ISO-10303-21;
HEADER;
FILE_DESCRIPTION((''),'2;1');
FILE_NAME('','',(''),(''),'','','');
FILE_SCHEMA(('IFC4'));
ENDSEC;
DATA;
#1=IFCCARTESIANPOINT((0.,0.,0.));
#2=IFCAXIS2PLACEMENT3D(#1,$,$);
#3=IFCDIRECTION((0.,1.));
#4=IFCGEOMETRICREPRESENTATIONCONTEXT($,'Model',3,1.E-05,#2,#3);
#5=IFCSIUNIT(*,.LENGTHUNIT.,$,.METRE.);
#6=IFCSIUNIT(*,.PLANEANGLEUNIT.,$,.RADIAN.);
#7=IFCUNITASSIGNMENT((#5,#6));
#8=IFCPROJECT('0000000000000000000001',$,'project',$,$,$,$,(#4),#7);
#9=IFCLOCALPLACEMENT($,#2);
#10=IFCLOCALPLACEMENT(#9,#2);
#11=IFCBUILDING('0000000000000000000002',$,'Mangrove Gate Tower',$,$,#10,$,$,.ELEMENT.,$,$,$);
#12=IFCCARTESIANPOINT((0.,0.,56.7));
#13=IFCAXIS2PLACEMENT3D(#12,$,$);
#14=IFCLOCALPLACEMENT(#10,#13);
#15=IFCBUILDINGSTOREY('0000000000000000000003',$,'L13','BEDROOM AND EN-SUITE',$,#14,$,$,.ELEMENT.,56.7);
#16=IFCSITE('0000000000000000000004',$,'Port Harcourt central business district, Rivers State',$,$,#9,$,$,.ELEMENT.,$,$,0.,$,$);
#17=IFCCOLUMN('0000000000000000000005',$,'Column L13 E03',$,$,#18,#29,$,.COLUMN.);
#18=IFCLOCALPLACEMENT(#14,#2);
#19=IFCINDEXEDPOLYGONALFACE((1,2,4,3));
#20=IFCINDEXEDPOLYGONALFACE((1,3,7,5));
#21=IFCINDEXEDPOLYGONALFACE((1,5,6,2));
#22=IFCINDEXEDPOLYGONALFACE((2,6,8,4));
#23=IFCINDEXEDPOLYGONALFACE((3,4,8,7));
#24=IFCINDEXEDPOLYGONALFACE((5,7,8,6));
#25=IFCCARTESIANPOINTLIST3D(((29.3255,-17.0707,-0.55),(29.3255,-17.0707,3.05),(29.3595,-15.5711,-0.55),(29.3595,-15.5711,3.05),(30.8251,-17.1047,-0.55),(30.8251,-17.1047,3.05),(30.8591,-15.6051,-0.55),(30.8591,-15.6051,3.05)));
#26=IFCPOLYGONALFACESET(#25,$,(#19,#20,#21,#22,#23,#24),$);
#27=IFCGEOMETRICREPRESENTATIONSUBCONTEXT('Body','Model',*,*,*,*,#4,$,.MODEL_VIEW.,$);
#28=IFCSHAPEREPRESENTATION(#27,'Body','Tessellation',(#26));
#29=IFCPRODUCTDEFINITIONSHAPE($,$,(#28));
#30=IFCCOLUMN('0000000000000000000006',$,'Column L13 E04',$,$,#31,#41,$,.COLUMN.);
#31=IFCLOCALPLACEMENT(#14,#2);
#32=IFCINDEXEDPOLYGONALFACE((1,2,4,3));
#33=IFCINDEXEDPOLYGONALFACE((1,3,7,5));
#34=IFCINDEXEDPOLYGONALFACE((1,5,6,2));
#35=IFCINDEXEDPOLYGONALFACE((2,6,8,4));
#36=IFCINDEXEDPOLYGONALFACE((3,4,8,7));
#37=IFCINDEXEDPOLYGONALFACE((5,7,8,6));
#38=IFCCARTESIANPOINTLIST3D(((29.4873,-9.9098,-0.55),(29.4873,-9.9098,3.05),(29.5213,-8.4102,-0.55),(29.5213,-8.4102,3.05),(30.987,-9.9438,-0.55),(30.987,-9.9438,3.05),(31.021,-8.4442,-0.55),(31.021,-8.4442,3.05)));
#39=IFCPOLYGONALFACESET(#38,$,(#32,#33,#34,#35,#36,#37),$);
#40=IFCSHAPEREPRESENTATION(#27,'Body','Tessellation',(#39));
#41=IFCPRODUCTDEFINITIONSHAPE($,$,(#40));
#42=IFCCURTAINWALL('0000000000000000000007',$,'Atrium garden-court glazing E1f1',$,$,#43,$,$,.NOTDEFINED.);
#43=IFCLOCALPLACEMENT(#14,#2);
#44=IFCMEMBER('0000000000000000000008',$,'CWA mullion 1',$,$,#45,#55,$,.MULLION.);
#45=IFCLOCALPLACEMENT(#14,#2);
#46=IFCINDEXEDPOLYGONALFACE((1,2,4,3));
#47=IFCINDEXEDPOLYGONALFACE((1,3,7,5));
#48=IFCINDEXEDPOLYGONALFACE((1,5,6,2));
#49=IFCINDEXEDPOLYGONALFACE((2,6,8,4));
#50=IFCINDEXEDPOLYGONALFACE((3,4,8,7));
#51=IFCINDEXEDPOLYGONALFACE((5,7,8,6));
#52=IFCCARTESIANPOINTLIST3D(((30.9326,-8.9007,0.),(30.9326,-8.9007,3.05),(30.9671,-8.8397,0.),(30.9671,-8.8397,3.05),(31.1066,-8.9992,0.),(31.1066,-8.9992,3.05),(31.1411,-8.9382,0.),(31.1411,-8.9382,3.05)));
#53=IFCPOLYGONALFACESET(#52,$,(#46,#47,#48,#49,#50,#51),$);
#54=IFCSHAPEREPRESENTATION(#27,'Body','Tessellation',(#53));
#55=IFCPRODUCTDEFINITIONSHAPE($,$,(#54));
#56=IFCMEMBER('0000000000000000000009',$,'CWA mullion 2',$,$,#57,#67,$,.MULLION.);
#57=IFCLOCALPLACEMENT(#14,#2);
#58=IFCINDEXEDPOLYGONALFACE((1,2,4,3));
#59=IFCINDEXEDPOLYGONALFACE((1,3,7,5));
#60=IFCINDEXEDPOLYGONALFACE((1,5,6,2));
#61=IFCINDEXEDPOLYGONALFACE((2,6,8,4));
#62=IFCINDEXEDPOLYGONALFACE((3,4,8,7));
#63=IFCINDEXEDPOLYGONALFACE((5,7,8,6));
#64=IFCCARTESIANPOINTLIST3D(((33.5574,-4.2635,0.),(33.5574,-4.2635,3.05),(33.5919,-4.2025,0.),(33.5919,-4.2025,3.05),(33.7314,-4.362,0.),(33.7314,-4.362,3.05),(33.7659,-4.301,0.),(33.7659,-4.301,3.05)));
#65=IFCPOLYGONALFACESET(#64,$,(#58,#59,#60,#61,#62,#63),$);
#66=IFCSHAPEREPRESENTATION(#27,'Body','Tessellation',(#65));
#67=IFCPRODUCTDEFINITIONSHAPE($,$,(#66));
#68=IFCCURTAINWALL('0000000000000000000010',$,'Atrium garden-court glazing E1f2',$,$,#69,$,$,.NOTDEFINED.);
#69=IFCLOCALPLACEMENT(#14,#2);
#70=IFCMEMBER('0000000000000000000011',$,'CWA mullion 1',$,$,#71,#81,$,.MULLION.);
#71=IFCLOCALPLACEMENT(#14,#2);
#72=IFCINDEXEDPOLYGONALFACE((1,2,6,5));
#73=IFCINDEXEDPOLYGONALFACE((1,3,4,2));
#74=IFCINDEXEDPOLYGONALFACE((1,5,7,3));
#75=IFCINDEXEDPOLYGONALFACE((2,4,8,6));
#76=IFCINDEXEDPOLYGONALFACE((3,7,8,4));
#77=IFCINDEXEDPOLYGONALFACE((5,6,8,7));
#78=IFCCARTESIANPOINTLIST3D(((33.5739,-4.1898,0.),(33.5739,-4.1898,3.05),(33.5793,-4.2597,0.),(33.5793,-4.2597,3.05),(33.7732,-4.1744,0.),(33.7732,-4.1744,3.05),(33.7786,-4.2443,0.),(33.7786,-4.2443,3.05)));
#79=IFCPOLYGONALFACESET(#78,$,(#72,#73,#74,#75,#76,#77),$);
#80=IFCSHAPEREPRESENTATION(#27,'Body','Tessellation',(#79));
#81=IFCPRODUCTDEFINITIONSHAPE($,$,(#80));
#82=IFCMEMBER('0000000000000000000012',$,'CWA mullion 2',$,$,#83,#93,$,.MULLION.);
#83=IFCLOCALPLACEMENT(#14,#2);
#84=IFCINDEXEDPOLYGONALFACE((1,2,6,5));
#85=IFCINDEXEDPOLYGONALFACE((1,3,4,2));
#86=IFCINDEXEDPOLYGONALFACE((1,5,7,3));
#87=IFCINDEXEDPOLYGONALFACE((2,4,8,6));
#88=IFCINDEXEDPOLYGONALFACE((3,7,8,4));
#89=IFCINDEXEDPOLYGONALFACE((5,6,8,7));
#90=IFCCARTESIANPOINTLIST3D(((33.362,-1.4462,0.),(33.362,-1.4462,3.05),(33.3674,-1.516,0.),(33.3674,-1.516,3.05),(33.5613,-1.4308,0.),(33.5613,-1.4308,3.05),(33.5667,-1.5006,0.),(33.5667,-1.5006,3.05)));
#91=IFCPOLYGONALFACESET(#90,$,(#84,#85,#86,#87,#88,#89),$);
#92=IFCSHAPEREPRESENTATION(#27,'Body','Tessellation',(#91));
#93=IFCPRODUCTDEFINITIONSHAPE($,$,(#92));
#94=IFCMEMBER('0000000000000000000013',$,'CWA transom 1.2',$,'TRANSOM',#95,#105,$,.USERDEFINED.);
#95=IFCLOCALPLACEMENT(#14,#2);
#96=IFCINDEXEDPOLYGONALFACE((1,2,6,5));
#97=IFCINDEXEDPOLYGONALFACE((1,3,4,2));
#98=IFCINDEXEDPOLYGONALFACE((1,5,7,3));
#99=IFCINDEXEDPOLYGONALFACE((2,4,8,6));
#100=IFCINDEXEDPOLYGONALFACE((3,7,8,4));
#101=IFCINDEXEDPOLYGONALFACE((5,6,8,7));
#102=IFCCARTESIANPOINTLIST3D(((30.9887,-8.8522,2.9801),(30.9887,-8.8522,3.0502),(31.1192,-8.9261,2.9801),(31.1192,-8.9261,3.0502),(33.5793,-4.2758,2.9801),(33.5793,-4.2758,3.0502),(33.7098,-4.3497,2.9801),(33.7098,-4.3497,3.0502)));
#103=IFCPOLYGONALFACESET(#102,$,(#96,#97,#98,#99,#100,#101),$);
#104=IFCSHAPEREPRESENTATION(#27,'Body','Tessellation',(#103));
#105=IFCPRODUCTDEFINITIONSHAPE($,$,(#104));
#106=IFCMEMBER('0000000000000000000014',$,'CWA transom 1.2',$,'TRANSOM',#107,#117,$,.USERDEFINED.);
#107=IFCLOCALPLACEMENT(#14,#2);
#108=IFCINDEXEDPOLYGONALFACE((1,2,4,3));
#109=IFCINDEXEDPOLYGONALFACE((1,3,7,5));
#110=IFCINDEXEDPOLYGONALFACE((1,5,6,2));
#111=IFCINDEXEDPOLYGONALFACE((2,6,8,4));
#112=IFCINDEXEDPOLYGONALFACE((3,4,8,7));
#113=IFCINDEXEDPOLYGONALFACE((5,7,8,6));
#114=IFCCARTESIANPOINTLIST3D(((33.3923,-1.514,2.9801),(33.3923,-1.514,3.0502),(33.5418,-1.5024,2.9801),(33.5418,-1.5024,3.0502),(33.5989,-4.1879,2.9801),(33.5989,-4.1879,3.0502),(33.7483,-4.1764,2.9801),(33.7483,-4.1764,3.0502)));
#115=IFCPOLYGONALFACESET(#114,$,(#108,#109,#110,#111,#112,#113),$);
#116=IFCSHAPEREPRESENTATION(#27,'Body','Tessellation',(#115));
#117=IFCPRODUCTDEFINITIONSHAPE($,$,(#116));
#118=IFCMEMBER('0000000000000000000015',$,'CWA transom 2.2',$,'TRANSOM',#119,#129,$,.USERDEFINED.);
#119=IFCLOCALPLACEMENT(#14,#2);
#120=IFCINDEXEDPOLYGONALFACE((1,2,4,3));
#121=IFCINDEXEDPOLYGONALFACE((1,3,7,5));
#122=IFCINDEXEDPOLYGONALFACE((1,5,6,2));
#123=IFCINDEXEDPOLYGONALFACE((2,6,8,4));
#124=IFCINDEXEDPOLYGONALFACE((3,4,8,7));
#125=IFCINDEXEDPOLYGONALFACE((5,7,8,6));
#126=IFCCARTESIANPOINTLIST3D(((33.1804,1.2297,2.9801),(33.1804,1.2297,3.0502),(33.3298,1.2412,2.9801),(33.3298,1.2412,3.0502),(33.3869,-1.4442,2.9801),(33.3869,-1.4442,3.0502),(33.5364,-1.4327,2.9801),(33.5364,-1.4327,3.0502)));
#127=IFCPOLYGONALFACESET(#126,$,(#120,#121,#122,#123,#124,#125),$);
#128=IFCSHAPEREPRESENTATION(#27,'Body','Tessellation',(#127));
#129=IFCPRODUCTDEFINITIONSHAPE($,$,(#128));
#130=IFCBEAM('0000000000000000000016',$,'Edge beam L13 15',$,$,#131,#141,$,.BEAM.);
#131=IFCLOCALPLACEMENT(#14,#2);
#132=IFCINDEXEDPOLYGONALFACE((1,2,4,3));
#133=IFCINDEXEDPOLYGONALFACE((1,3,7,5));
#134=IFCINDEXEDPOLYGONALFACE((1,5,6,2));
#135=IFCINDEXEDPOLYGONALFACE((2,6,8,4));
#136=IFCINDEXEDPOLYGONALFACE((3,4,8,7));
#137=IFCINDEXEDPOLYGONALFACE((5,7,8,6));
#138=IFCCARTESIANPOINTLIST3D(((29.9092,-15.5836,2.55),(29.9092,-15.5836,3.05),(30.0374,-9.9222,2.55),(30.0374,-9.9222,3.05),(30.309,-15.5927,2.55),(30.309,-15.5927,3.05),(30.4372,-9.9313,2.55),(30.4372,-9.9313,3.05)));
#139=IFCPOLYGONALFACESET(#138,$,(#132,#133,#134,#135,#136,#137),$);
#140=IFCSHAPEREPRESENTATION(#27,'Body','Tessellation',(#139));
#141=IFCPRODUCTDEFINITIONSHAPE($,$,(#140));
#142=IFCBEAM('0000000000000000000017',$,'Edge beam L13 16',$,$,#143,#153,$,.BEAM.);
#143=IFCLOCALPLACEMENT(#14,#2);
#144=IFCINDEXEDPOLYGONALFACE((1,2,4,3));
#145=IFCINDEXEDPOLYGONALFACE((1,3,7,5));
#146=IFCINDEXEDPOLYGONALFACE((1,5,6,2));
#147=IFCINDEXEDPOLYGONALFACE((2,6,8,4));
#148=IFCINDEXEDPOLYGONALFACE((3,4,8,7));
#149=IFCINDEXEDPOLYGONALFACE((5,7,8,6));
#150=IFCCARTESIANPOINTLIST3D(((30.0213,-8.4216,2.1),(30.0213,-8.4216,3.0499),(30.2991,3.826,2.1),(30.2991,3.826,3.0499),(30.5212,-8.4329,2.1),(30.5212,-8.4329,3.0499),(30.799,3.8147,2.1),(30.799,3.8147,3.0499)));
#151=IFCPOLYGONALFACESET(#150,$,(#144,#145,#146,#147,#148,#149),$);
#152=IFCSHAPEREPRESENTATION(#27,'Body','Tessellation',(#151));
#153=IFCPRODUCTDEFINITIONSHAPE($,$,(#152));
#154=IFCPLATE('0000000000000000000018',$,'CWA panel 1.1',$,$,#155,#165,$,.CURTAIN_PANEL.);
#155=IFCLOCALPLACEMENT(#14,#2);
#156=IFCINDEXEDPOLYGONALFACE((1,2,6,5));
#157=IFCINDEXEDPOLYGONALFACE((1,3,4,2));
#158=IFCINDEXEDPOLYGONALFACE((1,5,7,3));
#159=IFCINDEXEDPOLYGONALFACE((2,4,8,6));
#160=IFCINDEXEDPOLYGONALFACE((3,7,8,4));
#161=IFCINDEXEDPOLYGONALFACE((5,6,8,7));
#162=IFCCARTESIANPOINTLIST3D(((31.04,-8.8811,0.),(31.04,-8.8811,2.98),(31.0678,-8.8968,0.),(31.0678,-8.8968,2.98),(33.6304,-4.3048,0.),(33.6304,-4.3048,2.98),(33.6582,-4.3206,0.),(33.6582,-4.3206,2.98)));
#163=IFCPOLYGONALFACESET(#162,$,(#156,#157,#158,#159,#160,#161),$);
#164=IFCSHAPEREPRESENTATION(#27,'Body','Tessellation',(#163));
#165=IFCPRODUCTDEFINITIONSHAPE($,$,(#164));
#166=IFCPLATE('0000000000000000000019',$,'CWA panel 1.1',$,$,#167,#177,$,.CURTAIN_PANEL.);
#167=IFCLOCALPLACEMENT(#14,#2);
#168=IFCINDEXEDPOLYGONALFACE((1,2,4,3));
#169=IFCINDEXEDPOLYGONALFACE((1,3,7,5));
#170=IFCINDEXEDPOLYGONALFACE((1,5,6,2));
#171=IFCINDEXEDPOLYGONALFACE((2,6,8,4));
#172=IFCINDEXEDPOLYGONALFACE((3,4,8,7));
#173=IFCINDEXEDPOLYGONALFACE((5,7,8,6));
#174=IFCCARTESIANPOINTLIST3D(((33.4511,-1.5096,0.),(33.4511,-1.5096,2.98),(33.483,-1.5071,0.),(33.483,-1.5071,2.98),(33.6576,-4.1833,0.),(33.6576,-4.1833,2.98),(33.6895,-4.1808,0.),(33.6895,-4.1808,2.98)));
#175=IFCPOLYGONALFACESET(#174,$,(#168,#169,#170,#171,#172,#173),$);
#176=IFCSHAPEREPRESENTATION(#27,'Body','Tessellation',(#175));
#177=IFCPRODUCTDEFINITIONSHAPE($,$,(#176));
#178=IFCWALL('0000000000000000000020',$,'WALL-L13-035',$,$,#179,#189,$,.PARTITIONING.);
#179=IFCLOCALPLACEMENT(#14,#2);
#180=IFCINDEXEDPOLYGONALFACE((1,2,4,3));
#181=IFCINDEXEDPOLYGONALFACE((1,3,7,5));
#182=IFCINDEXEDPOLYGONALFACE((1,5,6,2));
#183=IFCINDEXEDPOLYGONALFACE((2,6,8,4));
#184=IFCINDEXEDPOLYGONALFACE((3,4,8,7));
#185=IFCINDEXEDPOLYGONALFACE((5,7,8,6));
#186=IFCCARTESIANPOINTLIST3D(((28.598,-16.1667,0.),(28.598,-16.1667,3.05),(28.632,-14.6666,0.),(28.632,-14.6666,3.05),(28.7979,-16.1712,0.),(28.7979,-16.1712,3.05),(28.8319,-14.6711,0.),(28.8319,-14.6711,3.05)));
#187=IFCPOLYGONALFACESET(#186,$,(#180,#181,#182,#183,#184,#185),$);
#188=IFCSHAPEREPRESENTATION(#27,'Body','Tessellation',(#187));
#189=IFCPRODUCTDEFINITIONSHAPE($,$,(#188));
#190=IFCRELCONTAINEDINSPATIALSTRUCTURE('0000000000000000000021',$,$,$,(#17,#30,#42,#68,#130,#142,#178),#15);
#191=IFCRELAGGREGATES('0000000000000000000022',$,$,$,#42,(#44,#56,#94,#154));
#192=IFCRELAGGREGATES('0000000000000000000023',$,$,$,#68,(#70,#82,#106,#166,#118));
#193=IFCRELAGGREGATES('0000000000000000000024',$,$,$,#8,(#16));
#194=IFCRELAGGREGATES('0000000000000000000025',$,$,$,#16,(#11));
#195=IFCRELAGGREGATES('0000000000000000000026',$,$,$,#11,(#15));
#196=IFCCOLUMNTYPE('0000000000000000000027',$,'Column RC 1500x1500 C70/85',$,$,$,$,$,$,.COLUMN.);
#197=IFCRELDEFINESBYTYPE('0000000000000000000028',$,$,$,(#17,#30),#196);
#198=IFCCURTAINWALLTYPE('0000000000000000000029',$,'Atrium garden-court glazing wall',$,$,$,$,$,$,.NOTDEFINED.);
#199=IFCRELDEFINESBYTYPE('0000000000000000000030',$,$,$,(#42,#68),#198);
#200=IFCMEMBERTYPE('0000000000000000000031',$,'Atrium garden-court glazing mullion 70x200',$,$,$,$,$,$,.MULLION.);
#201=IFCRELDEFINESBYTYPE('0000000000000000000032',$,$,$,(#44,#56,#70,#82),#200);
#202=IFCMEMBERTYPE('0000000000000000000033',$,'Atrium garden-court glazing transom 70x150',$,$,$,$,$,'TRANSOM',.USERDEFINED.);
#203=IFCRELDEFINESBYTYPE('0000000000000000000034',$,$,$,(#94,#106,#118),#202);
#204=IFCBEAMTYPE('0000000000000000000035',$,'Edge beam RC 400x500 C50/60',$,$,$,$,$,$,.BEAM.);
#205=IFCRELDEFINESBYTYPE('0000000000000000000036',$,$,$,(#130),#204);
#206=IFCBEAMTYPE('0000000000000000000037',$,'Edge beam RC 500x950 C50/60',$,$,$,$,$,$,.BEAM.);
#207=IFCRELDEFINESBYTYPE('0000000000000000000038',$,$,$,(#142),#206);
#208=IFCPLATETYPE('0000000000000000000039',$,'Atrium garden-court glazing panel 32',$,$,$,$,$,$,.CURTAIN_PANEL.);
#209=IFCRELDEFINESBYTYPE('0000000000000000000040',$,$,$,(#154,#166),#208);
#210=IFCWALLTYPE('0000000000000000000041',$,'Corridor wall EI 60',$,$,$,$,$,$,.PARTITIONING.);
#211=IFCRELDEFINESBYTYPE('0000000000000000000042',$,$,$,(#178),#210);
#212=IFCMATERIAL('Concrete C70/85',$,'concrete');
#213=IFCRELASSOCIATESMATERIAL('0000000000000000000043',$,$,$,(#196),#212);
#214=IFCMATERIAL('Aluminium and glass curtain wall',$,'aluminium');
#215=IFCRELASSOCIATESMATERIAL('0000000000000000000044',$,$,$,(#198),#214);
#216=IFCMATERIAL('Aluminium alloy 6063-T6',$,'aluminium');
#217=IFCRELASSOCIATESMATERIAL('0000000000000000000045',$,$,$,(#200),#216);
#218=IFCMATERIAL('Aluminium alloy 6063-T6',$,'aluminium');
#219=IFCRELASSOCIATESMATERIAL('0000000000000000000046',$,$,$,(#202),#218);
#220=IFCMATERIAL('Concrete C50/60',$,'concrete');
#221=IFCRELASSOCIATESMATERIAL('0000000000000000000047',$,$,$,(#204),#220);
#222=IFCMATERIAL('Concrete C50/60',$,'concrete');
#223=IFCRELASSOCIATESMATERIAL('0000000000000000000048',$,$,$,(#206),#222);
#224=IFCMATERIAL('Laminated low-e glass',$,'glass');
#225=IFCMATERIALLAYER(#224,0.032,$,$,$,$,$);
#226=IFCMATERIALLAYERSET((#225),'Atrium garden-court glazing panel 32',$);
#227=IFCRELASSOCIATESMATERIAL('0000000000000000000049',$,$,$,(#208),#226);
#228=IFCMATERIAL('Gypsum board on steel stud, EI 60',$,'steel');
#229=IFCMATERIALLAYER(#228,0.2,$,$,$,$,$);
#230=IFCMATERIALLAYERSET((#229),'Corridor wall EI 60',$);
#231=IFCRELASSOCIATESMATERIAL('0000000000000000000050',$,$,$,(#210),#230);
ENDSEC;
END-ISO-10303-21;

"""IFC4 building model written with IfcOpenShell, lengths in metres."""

from ifc_helpers import new_model, si_unit, direction, frame, frame_2d, origin, origin_2d, place, context, subcontext, project, spatial, rectangle, extrude, material, layer, layer_set, material_profile, profile_set, type_object, element, aggregate, save


model = new_model("IFC4")

# Units and contexts
model_context = context("Model", 3, precision=1e-05, world=origin(), true_north=direction((0.0, 1.0)))
body_context = subcontext(model_context, "Body", "Model", "MODEL_VIEW")
ifc_project = project(units=[si_unit("LENGTHUNIT", "METRE"), si_unit("PLANEANGLEUNIT", "RADIAN")], contexts=[model_context])

# Site, building, storey
site_placement = place(None, origin())
site = spatial("IfcSite", under=ifc_project, at=site_placement, Name="Port Harcourt central business district, Rivers State", CompositionType="ELEMENT", RefElevation=0.0)
building_placement = place(site_placement, origin())
building = spatial("IfcBuilding", under=site, at=building_placement, Name="Mangrove Gate Tower", CompositionType="ELEMENT")
storey_placement = place(building_placement, frame((0.0, 0.0, 56.7)))
storey = spatial("IfcBuildingStorey", under=building, at=storey_placement, Name="L13", Description="BEDROOM AND EN-SUITE", CompositionType="ELEMENT", Elevation=56.7)

# Columns
ifc_material_1 = material(Name="Concrete C70/85", Category="concrete")
ifc_material_profile_1 = material_profile(ifc_material_1, rectangle(XDim=1.5, YDim=1.5, at=origin_2d()))
ifc_profile_set_1 = profile_set([ifc_material_profile_1], Name="Concrete C70/85")
column_type = type_object("IfcColumnType", Name="Column RC 1500x1500 C70/85", PredefinedType="COLUMN", material=ifc_profile_set_1)
for number, where, z_axis, x_axis, name in (
    (1, (30.0923, -16.3379, -0.55), (0.0, 0.0, 1.0), (0.022688, 0.999743, 0.0), "Column L13 E03"),
    (2, (30.2542, -9.177, -0.55), (0.0, 0.0, 1.0), (0.022665, 0.999743, 0.0), "Column L13 E04"),
):
    element("IfcColumn", number, at=place(storey_placement, frame(where, z_axis=z_axis, x_axis=x_axis)), inside=storey, type_object=column_type, Name=name, PredefinedType="COLUMN", context=body_context, shape_type="SweptSolid", body=[
        extrude(rectangle(XDim=1.5, YDim=1.5, at=origin_2d()), origin(), (0.0, 0.0, 1.0), 3.6001),
    ])

# Curtain walls, members
ifc_material_2 = material(Name="Aluminium and glass curtain wall", Category="aluminium")
curtain_wall_type = type_object("IfcCurtainWallType", Name="Atrium garden-court glazing wall", PredefinedType="NOTDEFINED", material=ifc_material_2)
curtain_wall_1_placement = place(storey_placement, origin())
curtain_wall_1 = element("IfcCurtainWall", 3, at=curtain_wall_1_placement, inside=storey, type_object=curtain_wall_type, Name="Atrium garden-court glazing E1f1", PredefinedType="NOTDEFINED")
ifc_material_3 = material(Name="Aluminium alloy 6063-T6", Category="aluminium")
ifc_material_profile_2 = material_profile(ifc_material_3, rectangle(XDim=0.0701, YDim=0.2, at=origin_2d()))
ifc_profile_set_2 = profile_set([ifc_material_profile_2], Name="Aluminium alloy 6063-T6")
member_type_1 = type_object("IfcMemberType", Name="Atrium garden-court glazing mullion 70x200", PredefinedType="MULLION", material=ifc_profile_set_2)
member_1_placement = place(storey_placement, frame((31.0369, -8.9194, 0.0), z_axis=(0.0, 0.0, 1.0), x_axis=(0.492604, 0.870254, 0.0)))
member_1 = element("IfcMember", 4, at=member_1_placement, type_object=member_type_1, Name="CWA mullion 1", PredefinedType="MULLION", context=body_context, shape_type="SweptSolid", body=[
    extrude(rectangle(XDim=0.0701, YDim=0.2, at=origin_2d()), origin(), (0.0, 0.0, 1.0), 3.05),
])
member_2_placement = place(storey_placement, frame((33.6616, -4.2822, 0.0), z_axis=(0.0, 0.0, 1.0), x_axis=(0.492604, 0.870254, 0.0)))
member_2 = element("IfcMember", 5, at=member_2_placement, type_object=member_type_1, Name="CWA mullion 2", PredefinedType="MULLION", context=body_context, shape_type="SweptSolid", body=[
    extrude(rectangle(XDim=0.0701, YDim=0.2, at=origin_2d()), origin(), (0.0, 0.0, 1.0), 3.05),
])
curtain_wall_2_placement = place(storey_placement, origin())
curtain_wall_2 = element("IfcCurtainWall", 6, at=curtain_wall_2_placement, inside=storey, type_object=curtain_wall_type, Name="Atrium garden-court glazing E1f2", PredefinedType="NOTDEFINED")
member_3_placement = place(storey_placement, frame((33.6763, -4.217, 0.0), z_axis=(0.0, 0.0, 1.0), x_axis=(-0.077023, 0.997029, 0.0)))
member_3 = element("IfcMember", 7, at=member_3_placement, type_object=member_type_1, Name="CWA mullion 1", PredefinedType="MULLION", context=body_context, shape_type="SweptSolid", body=[
    extrude(rectangle(XDim=0.0701, YDim=0.2, at=origin_2d()), origin(), (0.0, 0.0, 1.0), 3.05),
])
member_4_placement = place(storey_placement, frame((33.4644, -1.4734, 0.0), z_axis=(0.0, 0.0, 1.0), x_axis=(-0.077023, 0.997029, 0.0)))
member_4 = element("IfcMember", 8, at=member_4_placement, type_object=member_type_1, Name="CWA mullion 2", PredefinedType="MULLION", context=body_context, shape_type="SweptSolid", body=[
    extrude(rectangle(XDim=0.0701, YDim=0.2, at=origin_2d()), origin(), (0.0, 0.0, 1.0), 3.05),
])

# Members
ifc_material_4 = material(Name="Aluminium alloy 6063-T6", Category="aluminium")
ifc_material_profile_3 = material_profile(ifc_material_4, rectangle(XDim=0.0701, YDim=0.1499, at=origin_2d()))
ifc_profile_set_3 = profile_set([ifc_material_profile_3], Name="Aluminium alloy 6063-T6")
member_type_2 = type_object("IfcMemberType", Name="Atrium garden-court glazing transom 70x150", ElementType="TRANSOM", PredefinedType="USERDEFINED", material=ifc_profile_set_3)
member_5_placement = place(storey_placement, frame((31.054, -8.8892, 3.0151), z_axis=(0.49262, 0.870244, 0.0), x_axis=(0.0, 0.0, 1.0)))
member_5 = element("IfcMember", 9, at=member_5_placement, type_object=member_type_2, Name="CWA transom 1.2", ObjectType="TRANSOM", PredefinedType="USERDEFINED", context=body_context, shape_type="SweptSolid", body=[
    extrude(rectangle(XDim=0.0701, YDim=0.1499, at=origin_2d()), origin(), (0.0, 0.0, 1.0), 5.2588),
])
member_6_placement = place(storey_placement, frame((33.6736, -4.1821, 3.0151), z_axis=(-0.077017, 0.99703, 0.0), x_axis=(0.0, 0.0, 1.0)))
member_6 = element("IfcMember", 10, at=member_6_placement, type_object=member_type_2, Name="CWA transom 1.2", ObjectType="TRANSOM", PredefinedType="USERDEFINED", context=body_context, shape_type="SweptSolid", body=[
    extrude(rectangle(XDim=0.0701, YDim=0.1499, at=origin_2d()), origin(), (0.0, 0.0, 1.0), 2.6819),
])
member_7_placement = place(storey_placement, frame((33.4617, -1.4385, 3.0151), z_axis=(-0.077017, 0.99703, 0.0), x_axis=(0.0, 0.0, 1.0)))
member_7 = element("IfcMember", 11, at=member_7_placement, type_object=member_type_2, Name="CWA transom 2.2", ObjectType="TRANSOM", PredefinedType="USERDEFINED", context=body_context, shape_type="SweptSolid", body=[
    extrude(rectangle(XDim=0.0701, YDim=0.1499, at=origin_2d()), origin(), (0.0, 0.0, 1.0), 2.6819),
])

# Beams
ifc_material_5 = material(Name="Concrete C50/60", Category="concrete")
ifc_material_profile_4 = material_profile(ifc_material_5, rectangle(XDim=0.3999, YDim=0.5, at=origin_2d()))
ifc_profile_set_4 = profile_set([ifc_material_profile_4], Name="Concrete C50/60")
beam_type_1 = type_object("IfcBeamType", Name="Edge beam RC 400x500 C50/60", PredefinedType="BEAM", material=ifc_profile_set_4)
beam_1_placement = place(storey_placement, frame((30.1091, -15.5881, 2.8), z_axis=(0.022634, 0.999744, 0.0), x_axis=(-0.999744, 0.022634, 0.0)))
element("IfcBeam", 12, at=beam_1_placement, inside=storey, type_object=beam_type_1, Name="Edge beam L13 15", PredefinedType="BEAM", context=body_context, shape_type="SweptSolid", body=[
    extrude(rectangle(XDim=0.3999, YDim=0.5, at=origin_2d()), origin(), (0.0, 0.0, 1.0), 5.6628),
])
ifc_material_6 = material(Name="Concrete C50/60", Category="concrete")
ifc_material_profile_5 = material_profile(ifc_material_6, rectangle(XDim=0.5, YDim=0.95, at=origin_2d()))
ifc_profile_set_5 = profile_set([ifc_material_profile_5], Name="Concrete C50/60")
beam_type_2 = type_object("IfcBeamType", Name="Edge beam RC 500x950 C50/60", PredefinedType="BEAM", material=ifc_profile_set_5)
beam_2_placement = place(storey_placement, frame((30.2712, -8.4272, 2.575), z_axis=(0.022679, 0.999743, 0.0), x_axis=(-0.999743, 0.022679, 0.0)))
element("IfcBeam", 13, at=beam_2_placement, inside=storey, type_object=beam_type_2, Name="Edge beam L13 16", PredefinedType="BEAM", context=body_context, shape_type="SweptSolid", body=[
    extrude(rectangle(XDim=0.5, YDim=0.95, at=origin_2d()), origin(), (0.0, 0.0, 1.0), 12.2507),
])

# Plates
ifc_material_7 = material(Name="Laminated low-e glass", Category="glass")
ifc_layer_1 = layer(ifc_material_7, 0.032)
ifc_layer_set_1 = layer_set([ifc_layer_1], Name="Atrium garden-court glazing panel 32")
plate_type = type_object("IfcPlateType", Name="Atrium garden-court glazing panel 32", PredefinedType="CURTAIN_PANEL", material=ifc_layer_set_1)
plate_1_placement = place(storey_placement, frame((32.3491, -6.6008, 0.0), z_axis=(0.0, 0.0, 1.0), x_axis=(0.492604, 0.870254, 0.0)))
plate_1 = element("IfcPlate", 14, at=plate_1_placement, type_object=plate_type, Name="CWA panel 1.1", PredefinedType="CURTAIN_PANEL", context=body_context, shape_type="SweptSolid", body=[
    extrude(rectangle(XDim=5.2585, YDim=0.032, at=origin_2d()), origin(), (0.0, 0.0, 1.0), 2.98),
])
aggregate(curtain_wall_1, [member_1, member_2, member_5, plate_1])
plate_2_placement = place(storey_placement, frame((33.5703, -2.8452, 0.0), z_axis=(0.0, 0.0, 1.0), x_axis=(-0.077023, 0.997029, 0.0)))
plate_2 = element("IfcPlate", 15, at=plate_2_placement, type_object=plate_type, Name="CWA panel 1.1", PredefinedType="CURTAIN_PANEL", context=body_context, shape_type="SweptSolid", body=[
    extrude(rectangle(XDim=2.6816, YDim=0.032, at=origin_2d()), origin(), (0.0, 0.0, 1.0), 2.98),
])
aggregate(curtain_wall_2, [member_3, member_4, member_6, plate_2, member_7])

# Wall
ifc_material_8 = material(Name="Gypsum board on steel stud, EI 60", Category="steel")
ifc_layer_2 = layer(ifc_material_8, 0.2)
ifc_layer_set_2 = layer_set([ifc_layer_2], Name="Corridor wall EI 60")
wall_type_1 = type_object("IfcWallType", Name="Corridor wall EI 60", PredefinedType="PARTITIONING", material=ifc_layer_set_2)
wall_1_placement = place(storey_placement, frame((28.698, -16.1689, 0.0), z_axis=(0.0, 0.0, 1.0), x_axis=(0.022618, 0.999744, 0.0)))
element("IfcWall", 16, at=wall_1_placement, inside=storey, type_object=wall_type_1, Name="WALL-L13-035", PredefinedType="PARTITIONING", context=body_context, shape_type="SweptSolid", body=[
    extrude(rectangle(XDim=1.5005, YDim=0.2, at=frame_2d((0.7502, 0.0))), origin(), (0.0, 0.0, 1.0), 3.05),
])

save(model, "model.ifc")
